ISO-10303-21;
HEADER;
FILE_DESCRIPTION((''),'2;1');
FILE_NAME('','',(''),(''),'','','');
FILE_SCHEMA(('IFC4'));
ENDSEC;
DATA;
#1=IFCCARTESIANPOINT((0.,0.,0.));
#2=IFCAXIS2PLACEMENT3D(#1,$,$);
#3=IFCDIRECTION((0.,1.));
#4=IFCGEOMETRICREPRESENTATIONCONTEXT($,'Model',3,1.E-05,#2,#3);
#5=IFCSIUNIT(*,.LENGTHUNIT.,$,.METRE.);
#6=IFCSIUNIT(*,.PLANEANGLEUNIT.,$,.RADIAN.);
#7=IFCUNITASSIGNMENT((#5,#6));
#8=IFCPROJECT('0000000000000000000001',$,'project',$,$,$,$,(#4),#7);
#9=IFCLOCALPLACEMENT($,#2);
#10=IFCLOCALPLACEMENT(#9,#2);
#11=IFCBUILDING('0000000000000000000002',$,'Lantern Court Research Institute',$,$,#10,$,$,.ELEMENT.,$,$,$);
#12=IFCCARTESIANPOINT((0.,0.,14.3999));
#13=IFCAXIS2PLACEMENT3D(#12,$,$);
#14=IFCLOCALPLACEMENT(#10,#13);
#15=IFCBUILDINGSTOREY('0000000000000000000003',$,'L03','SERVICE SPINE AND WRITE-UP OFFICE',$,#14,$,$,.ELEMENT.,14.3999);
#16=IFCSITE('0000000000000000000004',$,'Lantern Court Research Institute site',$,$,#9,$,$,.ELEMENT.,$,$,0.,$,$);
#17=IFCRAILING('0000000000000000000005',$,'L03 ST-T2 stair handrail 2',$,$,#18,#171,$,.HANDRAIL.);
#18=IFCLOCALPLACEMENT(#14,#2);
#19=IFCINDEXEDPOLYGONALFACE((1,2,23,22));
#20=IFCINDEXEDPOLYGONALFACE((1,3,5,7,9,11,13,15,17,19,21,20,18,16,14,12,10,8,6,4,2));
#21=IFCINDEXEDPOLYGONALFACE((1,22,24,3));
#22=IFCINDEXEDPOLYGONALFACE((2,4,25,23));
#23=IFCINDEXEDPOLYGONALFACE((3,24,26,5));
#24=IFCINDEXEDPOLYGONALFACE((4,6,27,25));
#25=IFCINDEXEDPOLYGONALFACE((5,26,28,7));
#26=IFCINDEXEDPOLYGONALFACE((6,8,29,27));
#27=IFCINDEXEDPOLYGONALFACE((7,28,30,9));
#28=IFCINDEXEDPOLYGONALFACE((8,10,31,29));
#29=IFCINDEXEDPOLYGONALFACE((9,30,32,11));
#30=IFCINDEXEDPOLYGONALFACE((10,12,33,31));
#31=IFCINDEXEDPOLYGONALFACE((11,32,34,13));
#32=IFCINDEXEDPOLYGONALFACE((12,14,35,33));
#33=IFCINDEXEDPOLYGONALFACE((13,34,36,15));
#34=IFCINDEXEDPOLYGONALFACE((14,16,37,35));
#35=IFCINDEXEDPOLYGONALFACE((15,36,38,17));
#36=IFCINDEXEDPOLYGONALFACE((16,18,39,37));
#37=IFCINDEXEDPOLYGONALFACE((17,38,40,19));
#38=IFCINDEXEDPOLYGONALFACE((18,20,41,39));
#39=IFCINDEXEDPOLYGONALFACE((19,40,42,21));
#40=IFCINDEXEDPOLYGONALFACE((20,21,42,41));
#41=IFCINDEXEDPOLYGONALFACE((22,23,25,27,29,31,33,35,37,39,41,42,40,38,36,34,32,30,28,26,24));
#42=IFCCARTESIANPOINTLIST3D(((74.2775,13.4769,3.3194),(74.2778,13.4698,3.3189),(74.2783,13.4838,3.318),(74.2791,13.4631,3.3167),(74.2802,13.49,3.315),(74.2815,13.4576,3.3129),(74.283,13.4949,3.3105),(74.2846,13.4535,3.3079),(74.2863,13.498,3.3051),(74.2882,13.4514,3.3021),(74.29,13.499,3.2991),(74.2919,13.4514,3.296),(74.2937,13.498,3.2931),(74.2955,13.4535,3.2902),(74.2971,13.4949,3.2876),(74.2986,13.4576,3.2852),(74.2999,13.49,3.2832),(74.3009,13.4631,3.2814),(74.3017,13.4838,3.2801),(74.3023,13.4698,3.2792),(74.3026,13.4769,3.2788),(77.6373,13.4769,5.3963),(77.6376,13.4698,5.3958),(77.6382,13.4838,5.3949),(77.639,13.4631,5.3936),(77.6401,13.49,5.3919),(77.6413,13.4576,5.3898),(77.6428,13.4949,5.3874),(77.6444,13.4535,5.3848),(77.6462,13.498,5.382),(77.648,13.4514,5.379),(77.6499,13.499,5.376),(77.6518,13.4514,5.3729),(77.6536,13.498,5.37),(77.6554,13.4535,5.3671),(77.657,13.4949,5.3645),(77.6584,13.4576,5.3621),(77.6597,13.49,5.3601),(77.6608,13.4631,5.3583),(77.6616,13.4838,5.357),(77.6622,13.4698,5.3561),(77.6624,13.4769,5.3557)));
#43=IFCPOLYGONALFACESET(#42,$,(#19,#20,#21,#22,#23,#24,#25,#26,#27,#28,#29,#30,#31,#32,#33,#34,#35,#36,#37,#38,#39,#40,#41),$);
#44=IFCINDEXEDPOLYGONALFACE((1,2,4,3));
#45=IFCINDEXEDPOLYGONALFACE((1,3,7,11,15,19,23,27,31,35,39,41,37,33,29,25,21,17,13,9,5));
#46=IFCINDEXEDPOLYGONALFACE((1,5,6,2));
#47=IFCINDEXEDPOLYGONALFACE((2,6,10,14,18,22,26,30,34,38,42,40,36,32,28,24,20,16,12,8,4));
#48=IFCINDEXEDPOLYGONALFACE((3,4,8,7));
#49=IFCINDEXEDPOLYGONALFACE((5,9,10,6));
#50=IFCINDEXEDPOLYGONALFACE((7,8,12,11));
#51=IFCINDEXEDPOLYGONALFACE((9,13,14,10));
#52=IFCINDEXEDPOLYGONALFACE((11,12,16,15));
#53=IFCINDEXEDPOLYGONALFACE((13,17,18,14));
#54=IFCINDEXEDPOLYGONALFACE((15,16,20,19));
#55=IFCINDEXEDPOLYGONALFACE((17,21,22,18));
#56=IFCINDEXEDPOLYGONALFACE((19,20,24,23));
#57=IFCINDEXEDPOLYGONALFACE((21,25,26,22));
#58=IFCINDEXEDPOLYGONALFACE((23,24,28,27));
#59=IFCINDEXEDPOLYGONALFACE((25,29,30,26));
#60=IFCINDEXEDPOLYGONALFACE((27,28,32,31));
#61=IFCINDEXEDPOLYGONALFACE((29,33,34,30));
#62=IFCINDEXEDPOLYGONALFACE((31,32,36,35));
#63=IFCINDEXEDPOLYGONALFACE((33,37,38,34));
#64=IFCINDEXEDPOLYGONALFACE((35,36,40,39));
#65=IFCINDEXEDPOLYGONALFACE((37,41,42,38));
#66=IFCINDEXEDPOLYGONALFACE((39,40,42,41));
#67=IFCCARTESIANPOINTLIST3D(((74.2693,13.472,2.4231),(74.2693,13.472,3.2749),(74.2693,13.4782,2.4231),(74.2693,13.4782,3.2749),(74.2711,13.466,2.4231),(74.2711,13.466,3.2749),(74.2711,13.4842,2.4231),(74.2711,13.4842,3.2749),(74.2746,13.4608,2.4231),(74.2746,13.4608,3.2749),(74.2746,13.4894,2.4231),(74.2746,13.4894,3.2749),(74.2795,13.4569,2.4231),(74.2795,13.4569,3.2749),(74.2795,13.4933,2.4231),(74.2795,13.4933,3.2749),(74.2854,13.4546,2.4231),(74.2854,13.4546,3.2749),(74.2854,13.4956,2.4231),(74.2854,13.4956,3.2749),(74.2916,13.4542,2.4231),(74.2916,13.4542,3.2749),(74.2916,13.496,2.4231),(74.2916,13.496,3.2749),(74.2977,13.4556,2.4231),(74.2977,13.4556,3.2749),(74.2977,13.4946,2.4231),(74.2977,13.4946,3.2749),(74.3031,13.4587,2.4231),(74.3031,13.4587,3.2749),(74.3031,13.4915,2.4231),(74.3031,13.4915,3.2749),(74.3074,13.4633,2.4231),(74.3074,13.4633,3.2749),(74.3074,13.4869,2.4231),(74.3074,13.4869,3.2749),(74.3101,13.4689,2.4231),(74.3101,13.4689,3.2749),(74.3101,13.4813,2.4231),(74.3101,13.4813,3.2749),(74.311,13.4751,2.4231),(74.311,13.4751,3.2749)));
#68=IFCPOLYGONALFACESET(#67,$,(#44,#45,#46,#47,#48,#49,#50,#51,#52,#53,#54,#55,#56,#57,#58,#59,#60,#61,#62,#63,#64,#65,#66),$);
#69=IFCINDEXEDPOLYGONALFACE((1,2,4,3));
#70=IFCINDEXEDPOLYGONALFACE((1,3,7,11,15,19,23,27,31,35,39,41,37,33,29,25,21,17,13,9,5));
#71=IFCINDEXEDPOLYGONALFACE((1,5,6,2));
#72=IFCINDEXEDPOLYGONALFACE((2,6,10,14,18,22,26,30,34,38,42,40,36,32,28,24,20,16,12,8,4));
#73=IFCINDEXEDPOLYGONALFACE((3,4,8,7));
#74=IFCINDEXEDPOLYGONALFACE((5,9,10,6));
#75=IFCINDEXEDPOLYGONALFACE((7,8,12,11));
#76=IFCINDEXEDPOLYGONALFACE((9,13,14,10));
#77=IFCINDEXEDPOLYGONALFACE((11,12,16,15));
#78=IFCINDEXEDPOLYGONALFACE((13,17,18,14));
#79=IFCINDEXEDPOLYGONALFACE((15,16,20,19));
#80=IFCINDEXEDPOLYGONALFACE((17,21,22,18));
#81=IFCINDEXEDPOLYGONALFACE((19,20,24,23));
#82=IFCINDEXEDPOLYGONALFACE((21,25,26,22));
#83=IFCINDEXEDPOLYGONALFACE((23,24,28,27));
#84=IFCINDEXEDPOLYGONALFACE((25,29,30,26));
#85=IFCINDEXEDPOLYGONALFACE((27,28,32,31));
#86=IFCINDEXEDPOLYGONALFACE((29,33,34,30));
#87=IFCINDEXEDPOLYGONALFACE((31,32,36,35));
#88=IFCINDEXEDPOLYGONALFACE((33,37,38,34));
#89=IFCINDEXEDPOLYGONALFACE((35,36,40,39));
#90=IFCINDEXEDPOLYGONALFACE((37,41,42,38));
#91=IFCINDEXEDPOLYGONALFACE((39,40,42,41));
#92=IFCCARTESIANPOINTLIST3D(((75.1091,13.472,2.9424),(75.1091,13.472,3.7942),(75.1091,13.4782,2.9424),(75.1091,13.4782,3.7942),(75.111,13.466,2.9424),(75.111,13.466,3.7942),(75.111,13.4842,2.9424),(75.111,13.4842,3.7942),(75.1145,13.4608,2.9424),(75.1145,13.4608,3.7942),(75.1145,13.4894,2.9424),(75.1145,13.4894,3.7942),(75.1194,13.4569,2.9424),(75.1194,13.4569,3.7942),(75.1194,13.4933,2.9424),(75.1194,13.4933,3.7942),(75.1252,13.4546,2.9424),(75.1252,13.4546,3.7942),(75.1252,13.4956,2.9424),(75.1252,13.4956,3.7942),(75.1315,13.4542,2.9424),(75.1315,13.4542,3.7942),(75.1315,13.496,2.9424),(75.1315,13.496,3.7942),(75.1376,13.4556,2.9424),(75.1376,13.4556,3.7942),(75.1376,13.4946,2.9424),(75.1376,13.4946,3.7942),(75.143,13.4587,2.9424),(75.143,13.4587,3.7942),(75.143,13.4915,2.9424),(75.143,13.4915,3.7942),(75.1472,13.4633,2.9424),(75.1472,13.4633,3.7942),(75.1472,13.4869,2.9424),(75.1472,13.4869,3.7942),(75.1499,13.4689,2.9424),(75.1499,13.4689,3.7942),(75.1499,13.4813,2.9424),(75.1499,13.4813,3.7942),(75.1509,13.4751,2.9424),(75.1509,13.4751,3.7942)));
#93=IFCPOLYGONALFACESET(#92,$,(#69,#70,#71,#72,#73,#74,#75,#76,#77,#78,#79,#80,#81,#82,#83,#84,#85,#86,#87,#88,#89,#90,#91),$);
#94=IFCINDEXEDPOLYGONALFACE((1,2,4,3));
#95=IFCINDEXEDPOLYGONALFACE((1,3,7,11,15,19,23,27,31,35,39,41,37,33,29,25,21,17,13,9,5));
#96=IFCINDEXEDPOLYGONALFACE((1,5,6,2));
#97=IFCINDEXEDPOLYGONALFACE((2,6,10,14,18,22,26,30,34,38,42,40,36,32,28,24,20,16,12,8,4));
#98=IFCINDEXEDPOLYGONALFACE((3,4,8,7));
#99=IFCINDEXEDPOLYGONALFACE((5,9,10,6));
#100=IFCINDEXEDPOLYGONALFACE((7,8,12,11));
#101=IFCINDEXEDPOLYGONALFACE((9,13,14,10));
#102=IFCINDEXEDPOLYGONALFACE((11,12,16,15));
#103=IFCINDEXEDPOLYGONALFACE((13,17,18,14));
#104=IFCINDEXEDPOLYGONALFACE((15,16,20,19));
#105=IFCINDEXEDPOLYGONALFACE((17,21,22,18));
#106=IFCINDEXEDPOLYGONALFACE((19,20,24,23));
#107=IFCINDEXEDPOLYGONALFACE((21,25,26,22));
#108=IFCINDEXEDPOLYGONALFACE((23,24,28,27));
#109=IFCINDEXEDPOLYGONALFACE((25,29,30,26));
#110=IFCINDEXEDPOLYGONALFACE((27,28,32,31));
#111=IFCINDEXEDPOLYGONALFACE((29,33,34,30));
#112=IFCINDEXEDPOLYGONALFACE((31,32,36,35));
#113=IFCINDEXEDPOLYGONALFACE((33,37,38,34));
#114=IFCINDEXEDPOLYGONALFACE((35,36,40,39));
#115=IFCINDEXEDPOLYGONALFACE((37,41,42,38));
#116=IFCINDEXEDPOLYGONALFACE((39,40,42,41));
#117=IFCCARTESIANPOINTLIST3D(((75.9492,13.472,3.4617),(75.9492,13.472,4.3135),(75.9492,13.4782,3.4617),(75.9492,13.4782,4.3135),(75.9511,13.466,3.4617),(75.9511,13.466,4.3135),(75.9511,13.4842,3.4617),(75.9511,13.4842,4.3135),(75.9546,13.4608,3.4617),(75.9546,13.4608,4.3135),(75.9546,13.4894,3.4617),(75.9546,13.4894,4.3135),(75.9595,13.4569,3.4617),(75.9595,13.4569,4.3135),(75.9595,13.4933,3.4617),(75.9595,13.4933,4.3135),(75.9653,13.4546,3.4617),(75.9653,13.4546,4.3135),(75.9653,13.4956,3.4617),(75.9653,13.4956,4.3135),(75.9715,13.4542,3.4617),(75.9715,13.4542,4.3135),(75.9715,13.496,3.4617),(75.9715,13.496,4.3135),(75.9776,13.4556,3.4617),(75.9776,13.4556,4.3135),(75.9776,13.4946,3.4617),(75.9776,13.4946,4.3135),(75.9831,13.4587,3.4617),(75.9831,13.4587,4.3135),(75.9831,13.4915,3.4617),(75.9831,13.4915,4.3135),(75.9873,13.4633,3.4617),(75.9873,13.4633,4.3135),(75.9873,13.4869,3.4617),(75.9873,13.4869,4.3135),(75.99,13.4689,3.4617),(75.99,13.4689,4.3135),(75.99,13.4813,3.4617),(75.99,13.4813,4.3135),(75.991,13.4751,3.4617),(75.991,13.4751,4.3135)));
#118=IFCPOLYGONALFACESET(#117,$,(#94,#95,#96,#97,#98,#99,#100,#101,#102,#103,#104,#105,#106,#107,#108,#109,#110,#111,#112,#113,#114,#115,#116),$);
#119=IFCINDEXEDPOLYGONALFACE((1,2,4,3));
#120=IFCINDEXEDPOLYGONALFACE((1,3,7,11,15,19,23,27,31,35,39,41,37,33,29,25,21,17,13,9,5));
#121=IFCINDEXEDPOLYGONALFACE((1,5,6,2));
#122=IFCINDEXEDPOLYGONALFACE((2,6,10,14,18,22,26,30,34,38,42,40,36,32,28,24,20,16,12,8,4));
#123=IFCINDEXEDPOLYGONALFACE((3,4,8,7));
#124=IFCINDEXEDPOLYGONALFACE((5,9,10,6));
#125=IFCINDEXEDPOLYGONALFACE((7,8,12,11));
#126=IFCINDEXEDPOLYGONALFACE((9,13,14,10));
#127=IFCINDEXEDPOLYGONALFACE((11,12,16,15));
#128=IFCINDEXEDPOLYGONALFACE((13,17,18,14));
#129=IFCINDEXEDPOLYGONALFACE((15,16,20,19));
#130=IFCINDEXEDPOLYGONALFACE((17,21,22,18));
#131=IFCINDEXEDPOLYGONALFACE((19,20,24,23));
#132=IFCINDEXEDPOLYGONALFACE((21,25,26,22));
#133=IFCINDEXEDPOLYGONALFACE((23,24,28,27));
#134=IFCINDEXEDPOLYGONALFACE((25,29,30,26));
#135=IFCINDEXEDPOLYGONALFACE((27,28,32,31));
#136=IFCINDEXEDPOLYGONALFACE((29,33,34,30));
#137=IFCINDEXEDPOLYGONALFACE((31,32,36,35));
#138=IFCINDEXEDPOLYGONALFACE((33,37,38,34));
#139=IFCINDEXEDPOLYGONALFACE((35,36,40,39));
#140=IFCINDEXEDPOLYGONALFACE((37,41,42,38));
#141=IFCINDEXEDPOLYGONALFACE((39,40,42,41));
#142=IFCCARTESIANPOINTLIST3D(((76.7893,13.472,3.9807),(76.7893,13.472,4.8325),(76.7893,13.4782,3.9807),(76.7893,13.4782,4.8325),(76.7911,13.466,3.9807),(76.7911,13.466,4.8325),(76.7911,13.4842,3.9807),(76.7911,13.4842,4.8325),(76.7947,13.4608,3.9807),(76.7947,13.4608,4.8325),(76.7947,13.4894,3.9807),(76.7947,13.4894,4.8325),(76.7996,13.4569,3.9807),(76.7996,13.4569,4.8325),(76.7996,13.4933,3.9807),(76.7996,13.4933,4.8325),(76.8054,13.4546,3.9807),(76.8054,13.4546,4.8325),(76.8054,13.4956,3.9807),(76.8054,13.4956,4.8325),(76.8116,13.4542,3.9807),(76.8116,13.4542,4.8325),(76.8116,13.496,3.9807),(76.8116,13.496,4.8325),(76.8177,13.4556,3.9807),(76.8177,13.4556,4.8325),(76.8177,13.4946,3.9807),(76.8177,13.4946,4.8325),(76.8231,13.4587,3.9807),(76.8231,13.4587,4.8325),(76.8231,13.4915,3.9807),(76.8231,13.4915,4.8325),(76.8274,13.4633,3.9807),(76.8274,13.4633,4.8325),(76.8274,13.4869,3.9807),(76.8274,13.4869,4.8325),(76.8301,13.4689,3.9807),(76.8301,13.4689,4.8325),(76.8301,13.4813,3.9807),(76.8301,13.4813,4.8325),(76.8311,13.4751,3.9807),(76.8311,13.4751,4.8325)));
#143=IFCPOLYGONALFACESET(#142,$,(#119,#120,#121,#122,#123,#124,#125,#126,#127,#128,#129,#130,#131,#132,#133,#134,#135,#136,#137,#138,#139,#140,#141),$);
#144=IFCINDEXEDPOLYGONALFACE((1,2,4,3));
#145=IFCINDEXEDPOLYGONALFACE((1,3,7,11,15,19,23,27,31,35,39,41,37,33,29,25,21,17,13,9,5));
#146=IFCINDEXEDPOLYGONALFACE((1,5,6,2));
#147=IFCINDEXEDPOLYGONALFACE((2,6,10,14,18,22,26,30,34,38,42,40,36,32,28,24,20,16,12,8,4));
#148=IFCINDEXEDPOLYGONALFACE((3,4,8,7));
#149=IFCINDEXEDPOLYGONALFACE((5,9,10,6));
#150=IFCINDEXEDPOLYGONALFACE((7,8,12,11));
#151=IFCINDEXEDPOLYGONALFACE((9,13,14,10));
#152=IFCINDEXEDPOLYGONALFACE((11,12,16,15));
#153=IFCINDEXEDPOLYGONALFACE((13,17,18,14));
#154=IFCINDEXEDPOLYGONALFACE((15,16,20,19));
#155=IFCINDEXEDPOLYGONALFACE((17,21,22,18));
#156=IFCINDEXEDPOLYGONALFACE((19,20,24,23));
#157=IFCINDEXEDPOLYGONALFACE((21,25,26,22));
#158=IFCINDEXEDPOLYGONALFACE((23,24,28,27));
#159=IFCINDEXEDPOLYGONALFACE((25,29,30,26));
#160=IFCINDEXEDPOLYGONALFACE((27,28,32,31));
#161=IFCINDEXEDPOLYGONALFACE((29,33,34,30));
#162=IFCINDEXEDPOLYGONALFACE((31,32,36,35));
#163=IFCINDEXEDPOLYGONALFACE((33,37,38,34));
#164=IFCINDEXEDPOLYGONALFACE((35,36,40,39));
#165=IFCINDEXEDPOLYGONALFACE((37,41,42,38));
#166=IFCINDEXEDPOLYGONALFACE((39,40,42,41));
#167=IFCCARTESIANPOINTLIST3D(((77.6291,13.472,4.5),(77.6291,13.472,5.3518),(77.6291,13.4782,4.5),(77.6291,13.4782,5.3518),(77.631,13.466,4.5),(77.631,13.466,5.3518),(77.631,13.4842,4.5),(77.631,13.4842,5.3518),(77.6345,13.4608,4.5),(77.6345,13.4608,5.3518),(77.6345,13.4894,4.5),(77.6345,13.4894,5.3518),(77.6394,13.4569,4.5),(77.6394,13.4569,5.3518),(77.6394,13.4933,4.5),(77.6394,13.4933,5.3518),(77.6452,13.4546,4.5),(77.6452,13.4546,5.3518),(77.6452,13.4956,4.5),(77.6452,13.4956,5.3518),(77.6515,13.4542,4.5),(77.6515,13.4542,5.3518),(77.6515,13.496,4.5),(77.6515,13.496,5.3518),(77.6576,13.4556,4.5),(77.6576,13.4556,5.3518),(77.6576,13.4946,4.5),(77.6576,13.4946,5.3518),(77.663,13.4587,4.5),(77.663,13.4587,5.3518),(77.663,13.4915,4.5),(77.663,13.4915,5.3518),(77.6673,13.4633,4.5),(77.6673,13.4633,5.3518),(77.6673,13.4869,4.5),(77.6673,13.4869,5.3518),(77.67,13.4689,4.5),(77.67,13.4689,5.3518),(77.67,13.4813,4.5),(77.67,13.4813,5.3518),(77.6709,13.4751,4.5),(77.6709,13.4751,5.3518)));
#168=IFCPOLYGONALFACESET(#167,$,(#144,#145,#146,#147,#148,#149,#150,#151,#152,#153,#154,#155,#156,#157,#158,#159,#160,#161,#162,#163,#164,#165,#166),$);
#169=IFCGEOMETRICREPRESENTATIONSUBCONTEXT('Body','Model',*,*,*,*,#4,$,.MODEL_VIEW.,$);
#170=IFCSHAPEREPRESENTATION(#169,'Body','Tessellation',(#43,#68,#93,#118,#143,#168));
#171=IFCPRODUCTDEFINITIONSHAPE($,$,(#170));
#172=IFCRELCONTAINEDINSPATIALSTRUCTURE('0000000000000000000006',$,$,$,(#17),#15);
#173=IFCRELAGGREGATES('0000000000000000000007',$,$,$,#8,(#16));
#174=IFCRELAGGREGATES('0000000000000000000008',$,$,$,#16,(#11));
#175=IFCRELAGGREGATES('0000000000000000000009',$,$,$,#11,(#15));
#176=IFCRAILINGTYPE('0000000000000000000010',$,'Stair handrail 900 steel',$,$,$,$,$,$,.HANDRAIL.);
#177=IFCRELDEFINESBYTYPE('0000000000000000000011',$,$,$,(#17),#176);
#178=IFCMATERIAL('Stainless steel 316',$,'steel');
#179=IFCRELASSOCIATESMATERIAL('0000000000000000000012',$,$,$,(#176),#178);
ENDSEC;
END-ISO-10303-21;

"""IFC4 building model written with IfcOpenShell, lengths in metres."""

from ifc_helpers import new_model, si_unit, direction, frame, origin, origin_2d, place, context, subcontext, project, spatial, circle, extrude, material, type_object, element, save


model = new_model("IFC4")

# Units and contexts
model_context = context("Model", 3, precision=1e-05, world=origin(), true_north=direction((0.0, 1.0)))
body_context = subcontext(model_context, "Body", "Model", "MODEL_VIEW")
ifc_project = project(units=[si_unit("LENGTHUNIT", "METRE"), si_unit("PLANEANGLEUNIT", "RADIAN")], contexts=[model_context])

# Site, building, storey
site_placement = place(None, origin())
site = spatial("IfcSite", under=ifc_project, at=site_placement, Name="Lantern Court Research Institute site", CompositionType="ELEMENT", RefElevation=0.0)
building_placement = place(site_placement, origin())
building = spatial("IfcBuilding", under=site, at=building_placement, Name="Lantern Court Research Institute", CompositionType="ELEMENT")
storey_placement = place(building_placement, frame((0.0, 0.0, 14.3999)))
storey = spatial("IfcBuildingStorey", under=building, at=storey_placement, Name="L03", Description="SERVICE SPINE AND WRITE-UP OFFICE", CompositionType="ELEMENT", Elevation=14.3999)

# Railing
ifc_material_1 = material(Name="Stainless steel 316", Category="steel")
railing_type_1 = type_object("IfcRailingType", Name="Stair handrail 900 steel", PredefinedType="HANDRAIL", material=ifc_material_1)
railing_1_placement = place(storey_placement, frame((74.29, 13.4751, 2.4231)))
element("IfcRailing", 1, at=railing_1_placement, inside=storey, type_object=railing_type_1, Name="L03 ST-T2 stair handrail 2", PredefinedType="HANDRAIL", context=body_context, shape_type="SweptSolid", body=[
    extrude(circle(Radius=0.0239, at=origin_2d()), frame((0.0, 0.0, 0.876), z_axis=(0.850606, 0.0, 0.525803), x_axis=(0.0, 1.0, 0.0)), (0.0, 0.0, 1.0), 3.95),
    extrude(circle(Radius=0.021, at=origin_2d()), origin(), (0.0, 0.0, 1.0), 0.8518),
    extrude(circle(Radius=0.021, at=origin_2d()), frame((0.8398, 0.0, 0.5193)), (0.0, 0.0, 1.0), 0.8518),
    extrude(circle(Radius=0.021, at=origin_2d()), frame((1.6799, 0.0, 1.0386)), (0.0, 0.0, 1.0), 0.8518),
    extrude(circle(Radius=0.021, at=origin_2d()), frame((2.52, 0.0, 1.5576)), (0.0, 0.0, 1.0), 0.8518),
    extrude(circle(Radius=0.021, at=origin_2d()), frame((3.3599, 0.0, 2.0769)), (0.0, 0.0, 1.0), 0.8518),
])

save(model, "model.ifc")
